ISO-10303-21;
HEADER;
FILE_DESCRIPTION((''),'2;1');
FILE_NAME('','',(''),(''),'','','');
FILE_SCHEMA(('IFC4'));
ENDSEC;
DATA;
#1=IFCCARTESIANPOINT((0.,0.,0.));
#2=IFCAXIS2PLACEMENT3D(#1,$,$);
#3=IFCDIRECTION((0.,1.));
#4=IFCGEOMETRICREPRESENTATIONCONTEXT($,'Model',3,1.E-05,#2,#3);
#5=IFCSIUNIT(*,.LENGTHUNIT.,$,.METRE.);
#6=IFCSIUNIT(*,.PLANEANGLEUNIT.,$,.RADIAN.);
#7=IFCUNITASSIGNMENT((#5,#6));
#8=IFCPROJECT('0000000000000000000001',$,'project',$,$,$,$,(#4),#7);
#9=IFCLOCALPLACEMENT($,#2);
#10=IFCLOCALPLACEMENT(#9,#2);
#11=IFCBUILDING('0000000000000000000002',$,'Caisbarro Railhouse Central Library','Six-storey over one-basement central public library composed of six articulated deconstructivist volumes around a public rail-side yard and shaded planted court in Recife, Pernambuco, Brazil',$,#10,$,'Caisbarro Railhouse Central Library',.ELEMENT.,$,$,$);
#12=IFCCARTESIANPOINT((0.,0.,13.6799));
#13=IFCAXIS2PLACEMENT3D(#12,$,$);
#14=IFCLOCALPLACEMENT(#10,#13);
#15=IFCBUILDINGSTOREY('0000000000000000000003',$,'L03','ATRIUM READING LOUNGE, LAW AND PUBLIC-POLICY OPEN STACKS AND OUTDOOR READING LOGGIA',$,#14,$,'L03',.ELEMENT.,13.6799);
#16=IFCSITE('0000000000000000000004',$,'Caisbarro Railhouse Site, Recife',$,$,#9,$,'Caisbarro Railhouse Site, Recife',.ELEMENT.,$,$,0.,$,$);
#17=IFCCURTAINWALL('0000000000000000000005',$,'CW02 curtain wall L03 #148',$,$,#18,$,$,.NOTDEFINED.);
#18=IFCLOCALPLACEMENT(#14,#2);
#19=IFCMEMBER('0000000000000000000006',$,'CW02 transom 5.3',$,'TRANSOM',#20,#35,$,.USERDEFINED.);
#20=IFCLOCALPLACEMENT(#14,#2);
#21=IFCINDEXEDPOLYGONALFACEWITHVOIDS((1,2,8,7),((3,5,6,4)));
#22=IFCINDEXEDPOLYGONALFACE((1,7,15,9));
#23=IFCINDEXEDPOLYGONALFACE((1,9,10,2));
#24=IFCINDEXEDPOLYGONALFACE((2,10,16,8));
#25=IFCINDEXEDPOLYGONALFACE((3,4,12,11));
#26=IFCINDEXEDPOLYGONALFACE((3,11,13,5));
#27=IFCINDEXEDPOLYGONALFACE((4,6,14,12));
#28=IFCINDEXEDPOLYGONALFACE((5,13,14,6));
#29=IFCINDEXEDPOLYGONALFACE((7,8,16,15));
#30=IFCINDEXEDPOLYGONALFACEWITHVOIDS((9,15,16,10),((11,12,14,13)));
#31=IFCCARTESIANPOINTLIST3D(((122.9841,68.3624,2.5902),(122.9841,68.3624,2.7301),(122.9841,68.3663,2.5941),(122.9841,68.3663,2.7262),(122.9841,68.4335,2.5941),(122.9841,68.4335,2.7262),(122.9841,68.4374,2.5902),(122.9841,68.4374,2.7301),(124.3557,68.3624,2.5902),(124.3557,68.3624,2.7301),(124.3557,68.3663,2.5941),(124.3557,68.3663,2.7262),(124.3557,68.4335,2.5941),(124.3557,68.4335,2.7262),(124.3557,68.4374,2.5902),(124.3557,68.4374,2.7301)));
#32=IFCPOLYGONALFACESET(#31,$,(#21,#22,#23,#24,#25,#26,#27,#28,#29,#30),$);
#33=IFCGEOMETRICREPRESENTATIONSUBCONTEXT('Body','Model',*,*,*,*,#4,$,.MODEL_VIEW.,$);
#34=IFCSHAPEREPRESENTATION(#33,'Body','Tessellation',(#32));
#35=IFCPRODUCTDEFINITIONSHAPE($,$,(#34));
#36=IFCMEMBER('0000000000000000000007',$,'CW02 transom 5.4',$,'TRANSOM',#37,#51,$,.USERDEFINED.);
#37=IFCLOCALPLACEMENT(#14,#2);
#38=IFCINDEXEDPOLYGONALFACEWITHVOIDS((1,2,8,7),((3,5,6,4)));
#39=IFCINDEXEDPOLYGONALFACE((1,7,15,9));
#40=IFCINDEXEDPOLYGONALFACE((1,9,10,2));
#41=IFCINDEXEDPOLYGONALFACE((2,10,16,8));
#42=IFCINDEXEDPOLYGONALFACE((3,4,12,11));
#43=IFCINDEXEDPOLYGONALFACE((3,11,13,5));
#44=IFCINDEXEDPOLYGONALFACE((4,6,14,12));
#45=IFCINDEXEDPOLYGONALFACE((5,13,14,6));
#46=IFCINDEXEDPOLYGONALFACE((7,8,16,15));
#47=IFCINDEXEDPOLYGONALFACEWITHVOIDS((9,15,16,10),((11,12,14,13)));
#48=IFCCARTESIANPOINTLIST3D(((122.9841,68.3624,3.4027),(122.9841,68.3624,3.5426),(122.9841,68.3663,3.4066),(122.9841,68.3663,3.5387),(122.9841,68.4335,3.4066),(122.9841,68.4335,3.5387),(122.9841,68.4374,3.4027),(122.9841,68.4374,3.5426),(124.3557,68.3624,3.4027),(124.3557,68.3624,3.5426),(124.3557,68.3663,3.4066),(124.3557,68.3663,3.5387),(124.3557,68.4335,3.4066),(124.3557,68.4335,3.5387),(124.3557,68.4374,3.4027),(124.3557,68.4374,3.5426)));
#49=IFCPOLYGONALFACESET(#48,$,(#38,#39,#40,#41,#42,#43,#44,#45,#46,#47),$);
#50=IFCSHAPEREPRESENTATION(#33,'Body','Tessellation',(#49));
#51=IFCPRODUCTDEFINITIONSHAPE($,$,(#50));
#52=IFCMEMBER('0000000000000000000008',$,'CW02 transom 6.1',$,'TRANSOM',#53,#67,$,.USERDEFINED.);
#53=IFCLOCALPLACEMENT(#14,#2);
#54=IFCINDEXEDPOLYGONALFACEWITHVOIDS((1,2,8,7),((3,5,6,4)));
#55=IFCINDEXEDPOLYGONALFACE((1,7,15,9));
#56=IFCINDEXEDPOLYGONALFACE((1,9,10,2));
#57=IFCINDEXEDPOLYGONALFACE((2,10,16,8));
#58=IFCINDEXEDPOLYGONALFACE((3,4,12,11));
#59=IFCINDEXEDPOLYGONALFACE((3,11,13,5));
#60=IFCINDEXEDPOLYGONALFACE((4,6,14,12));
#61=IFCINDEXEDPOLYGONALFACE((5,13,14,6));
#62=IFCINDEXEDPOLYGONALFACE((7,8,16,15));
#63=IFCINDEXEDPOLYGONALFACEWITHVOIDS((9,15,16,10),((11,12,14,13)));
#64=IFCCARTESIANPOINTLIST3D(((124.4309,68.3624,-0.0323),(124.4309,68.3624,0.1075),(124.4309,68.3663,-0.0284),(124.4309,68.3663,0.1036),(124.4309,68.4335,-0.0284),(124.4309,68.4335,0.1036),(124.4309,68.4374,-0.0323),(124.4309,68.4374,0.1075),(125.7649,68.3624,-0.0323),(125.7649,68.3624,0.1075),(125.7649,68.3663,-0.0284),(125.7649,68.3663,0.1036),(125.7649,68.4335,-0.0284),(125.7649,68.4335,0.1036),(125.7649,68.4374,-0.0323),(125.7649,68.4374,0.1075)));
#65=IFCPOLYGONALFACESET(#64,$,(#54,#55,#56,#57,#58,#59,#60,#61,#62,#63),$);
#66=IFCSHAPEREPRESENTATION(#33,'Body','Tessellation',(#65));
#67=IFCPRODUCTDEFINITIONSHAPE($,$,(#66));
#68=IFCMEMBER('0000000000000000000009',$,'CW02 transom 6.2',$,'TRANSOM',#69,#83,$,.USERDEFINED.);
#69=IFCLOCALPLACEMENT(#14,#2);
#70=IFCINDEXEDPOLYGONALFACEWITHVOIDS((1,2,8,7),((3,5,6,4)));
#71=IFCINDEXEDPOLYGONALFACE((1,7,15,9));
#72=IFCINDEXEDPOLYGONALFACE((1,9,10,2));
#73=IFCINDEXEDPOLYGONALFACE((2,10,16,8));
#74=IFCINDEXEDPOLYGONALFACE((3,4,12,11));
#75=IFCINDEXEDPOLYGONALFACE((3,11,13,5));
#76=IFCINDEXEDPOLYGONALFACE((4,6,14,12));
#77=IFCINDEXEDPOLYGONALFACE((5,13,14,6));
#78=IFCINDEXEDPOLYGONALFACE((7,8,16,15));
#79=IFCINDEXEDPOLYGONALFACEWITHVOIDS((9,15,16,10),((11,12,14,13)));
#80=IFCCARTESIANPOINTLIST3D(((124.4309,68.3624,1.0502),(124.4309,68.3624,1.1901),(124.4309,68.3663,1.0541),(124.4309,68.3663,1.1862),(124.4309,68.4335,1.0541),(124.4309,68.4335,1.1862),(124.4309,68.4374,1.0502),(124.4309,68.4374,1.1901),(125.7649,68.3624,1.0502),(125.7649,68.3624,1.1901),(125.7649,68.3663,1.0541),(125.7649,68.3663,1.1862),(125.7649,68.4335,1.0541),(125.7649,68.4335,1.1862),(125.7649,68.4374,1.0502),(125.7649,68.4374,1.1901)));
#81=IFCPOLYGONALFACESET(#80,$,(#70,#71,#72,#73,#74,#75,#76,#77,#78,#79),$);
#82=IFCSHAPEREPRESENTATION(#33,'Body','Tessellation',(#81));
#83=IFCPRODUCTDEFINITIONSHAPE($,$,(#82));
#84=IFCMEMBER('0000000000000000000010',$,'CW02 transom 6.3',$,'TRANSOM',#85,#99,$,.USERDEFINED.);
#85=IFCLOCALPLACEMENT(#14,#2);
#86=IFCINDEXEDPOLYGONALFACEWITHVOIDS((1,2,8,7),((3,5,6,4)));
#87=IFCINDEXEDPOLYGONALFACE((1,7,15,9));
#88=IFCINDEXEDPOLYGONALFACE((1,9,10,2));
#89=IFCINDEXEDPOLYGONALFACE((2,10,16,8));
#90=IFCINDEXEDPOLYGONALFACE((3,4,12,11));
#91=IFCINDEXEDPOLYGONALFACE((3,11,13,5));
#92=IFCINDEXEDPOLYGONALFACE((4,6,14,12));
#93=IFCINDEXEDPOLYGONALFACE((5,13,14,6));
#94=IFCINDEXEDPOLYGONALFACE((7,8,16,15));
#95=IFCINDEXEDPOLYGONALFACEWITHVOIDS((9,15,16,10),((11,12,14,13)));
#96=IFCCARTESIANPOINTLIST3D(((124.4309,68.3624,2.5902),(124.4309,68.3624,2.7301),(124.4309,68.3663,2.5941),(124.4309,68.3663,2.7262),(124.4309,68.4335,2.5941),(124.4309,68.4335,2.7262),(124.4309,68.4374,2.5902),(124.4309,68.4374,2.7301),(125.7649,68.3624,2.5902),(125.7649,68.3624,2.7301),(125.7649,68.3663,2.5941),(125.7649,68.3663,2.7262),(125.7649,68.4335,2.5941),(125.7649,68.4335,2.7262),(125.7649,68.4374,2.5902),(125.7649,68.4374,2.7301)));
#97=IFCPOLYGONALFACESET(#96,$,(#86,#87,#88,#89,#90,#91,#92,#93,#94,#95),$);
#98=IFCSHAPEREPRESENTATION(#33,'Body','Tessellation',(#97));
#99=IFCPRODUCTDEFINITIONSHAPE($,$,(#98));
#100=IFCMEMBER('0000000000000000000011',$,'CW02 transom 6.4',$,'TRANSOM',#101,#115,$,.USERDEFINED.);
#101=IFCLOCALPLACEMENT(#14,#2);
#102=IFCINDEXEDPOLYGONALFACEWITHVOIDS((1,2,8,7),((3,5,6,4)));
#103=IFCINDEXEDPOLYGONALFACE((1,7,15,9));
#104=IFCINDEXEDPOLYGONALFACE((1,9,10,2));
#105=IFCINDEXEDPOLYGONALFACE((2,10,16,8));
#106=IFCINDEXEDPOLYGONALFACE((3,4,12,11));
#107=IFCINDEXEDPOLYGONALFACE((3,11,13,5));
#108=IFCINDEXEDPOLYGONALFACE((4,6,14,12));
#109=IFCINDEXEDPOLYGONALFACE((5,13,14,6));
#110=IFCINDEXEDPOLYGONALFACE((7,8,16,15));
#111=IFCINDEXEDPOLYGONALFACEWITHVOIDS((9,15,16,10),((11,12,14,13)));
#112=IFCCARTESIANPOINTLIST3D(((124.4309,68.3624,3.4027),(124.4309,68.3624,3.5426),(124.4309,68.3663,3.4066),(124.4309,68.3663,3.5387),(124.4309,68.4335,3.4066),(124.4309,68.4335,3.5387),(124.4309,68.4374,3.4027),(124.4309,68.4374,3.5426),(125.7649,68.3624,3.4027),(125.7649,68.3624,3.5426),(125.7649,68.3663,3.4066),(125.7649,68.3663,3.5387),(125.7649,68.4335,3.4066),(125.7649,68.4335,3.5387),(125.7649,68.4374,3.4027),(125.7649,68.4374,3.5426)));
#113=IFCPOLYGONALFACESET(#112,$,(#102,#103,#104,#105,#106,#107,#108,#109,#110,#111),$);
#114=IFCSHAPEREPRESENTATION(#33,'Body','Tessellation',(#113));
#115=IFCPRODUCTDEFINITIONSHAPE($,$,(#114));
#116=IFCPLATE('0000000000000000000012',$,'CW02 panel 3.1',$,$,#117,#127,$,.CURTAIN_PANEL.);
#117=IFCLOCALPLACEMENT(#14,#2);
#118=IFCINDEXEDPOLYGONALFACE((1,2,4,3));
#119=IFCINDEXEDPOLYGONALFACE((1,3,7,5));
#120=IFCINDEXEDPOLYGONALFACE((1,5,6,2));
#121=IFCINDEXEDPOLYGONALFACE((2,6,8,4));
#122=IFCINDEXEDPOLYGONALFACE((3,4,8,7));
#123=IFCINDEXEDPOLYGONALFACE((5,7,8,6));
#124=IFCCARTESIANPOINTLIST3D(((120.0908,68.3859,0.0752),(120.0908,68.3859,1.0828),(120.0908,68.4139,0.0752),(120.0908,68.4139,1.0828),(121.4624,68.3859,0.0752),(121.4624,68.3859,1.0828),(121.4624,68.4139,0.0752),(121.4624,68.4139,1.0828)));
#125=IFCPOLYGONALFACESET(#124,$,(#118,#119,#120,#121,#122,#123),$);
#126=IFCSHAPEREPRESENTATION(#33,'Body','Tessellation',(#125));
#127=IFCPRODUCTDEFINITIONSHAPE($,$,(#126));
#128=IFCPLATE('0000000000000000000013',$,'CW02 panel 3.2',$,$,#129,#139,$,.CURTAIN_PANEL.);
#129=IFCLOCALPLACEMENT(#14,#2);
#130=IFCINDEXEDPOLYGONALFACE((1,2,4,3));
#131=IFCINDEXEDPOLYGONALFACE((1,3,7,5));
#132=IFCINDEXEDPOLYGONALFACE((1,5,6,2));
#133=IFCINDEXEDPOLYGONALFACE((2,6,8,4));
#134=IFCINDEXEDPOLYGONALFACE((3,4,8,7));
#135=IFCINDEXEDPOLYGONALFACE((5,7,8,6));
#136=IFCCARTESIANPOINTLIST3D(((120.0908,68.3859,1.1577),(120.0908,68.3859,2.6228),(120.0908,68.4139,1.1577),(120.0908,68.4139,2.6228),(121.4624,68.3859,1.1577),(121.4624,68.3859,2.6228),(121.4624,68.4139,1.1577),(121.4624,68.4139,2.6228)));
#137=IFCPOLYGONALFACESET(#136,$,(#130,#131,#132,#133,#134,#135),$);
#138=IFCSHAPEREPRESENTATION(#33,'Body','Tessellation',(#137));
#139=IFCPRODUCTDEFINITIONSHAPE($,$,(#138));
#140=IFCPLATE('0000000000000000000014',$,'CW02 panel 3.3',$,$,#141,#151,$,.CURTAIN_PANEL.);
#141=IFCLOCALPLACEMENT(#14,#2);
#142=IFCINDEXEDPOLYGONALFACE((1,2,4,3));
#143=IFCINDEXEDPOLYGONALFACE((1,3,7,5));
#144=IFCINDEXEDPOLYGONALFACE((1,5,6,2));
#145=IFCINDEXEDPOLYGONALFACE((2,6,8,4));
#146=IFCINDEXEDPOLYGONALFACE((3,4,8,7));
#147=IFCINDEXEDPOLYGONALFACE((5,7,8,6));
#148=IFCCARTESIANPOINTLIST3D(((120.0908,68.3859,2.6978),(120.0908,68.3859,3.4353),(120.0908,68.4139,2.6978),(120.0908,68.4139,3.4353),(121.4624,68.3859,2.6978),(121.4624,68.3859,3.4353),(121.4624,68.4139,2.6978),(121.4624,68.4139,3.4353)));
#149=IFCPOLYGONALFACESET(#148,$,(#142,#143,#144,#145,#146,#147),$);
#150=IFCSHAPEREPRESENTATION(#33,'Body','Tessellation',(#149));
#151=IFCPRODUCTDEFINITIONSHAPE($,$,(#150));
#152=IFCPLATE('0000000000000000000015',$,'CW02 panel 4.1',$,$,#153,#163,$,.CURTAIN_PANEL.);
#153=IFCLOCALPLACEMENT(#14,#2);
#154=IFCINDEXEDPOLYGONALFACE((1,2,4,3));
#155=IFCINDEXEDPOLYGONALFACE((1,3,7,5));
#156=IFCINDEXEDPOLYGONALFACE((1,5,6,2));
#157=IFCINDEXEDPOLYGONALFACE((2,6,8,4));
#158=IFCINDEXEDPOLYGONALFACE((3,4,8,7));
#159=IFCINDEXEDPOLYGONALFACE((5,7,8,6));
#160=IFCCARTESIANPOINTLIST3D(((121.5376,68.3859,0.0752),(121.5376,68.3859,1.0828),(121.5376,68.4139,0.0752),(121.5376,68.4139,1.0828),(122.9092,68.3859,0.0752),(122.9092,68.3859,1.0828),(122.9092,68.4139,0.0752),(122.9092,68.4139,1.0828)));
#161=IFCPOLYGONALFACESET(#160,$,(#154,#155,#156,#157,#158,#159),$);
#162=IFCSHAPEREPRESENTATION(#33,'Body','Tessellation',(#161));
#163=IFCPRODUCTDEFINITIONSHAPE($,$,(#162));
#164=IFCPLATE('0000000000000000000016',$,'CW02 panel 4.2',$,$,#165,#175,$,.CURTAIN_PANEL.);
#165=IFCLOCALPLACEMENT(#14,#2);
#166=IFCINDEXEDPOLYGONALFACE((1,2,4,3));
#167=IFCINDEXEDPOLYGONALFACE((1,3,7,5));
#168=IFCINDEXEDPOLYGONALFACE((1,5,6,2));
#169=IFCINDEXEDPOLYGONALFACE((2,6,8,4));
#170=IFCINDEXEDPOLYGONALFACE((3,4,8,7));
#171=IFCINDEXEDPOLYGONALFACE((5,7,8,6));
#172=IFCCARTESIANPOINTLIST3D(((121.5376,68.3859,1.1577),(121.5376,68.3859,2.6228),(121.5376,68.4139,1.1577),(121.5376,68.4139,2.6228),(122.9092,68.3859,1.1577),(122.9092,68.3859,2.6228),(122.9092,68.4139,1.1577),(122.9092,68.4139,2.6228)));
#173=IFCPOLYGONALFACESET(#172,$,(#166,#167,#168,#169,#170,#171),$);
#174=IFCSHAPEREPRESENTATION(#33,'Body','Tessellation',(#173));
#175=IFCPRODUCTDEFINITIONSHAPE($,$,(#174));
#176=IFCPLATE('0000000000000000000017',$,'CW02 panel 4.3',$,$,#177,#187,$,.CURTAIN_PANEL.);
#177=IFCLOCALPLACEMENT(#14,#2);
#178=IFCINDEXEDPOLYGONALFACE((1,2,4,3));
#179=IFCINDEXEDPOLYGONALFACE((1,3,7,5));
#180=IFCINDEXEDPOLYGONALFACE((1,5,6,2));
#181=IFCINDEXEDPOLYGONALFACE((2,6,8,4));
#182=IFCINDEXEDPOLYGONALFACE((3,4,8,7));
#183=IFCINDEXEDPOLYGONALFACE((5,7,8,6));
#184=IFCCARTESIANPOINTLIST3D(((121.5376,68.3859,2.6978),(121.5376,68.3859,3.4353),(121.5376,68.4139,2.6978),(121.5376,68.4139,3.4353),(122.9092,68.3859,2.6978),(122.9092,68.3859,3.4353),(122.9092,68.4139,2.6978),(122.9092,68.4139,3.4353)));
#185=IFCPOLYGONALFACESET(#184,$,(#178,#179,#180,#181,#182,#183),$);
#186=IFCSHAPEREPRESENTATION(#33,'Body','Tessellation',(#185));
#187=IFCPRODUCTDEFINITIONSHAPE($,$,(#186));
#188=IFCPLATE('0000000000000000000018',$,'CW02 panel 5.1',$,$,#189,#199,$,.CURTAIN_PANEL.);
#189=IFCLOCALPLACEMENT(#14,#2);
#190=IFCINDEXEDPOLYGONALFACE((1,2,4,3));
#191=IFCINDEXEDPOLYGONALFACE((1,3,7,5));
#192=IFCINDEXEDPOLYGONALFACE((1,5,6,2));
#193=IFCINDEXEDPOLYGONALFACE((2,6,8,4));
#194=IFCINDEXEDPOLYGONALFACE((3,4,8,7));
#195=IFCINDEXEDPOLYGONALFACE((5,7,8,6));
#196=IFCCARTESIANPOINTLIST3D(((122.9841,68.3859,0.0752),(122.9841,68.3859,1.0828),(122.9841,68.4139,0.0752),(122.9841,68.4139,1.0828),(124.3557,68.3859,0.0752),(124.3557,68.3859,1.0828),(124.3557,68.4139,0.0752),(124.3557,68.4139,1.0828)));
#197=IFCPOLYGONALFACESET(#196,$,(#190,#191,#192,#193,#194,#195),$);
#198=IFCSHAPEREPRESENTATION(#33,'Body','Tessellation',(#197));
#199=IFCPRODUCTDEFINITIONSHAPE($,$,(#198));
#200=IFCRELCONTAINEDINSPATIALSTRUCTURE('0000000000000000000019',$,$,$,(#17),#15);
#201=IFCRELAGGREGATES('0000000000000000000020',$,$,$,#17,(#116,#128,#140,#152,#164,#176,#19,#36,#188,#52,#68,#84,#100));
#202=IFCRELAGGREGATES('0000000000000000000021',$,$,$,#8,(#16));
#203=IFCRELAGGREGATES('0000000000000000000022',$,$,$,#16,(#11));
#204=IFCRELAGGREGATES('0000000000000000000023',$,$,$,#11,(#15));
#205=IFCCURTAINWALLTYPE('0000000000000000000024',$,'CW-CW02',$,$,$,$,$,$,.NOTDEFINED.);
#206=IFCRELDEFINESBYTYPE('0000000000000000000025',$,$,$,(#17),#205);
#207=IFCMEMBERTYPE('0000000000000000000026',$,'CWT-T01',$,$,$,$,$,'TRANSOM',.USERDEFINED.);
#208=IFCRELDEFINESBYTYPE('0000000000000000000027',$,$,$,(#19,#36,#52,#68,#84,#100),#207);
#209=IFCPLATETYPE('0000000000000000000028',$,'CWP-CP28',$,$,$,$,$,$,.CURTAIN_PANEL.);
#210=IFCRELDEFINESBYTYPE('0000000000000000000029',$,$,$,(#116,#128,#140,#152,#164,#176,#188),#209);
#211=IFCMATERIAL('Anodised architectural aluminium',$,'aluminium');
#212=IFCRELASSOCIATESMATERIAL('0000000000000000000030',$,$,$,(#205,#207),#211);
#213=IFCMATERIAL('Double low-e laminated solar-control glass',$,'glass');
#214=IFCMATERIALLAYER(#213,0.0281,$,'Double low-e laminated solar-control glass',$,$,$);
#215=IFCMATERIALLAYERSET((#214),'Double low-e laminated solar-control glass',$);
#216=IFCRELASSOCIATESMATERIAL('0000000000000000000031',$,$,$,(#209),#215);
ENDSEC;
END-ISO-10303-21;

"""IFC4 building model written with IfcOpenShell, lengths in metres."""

from ifc_helpers import new_model, si_unit, direction, frame, origin, origin_2d, place, context, subcontext, project, spatial, rectangle, hollow_rectangle, extrude, material, layer, layer_set, material_profile, profile_set, type_object, element, aggregate, save


model = new_model("IFC4")

# Units and contexts
model_context = context("Model", 3, precision=1e-05, world=origin(), true_north=direction((0.0, 1.0)))
body_context = subcontext(model_context, "Body", "Model", "MODEL_VIEW")
ifc_project = project(units=[si_unit("LENGTHUNIT", "METRE"), si_unit("PLANEANGLEUNIT", "RADIAN")], contexts=[model_context])

# Site, building, storey
site_placement = place(None, origin())
site = spatial("IfcSite", under=ifc_project, at=site_placement, Name="Caisbarro Railhouse Site, Recife", LongName="Caisbarro Railhouse Site, Recife", CompositionType="ELEMENT", RefElevation=0.0)
building_placement = place(site_placement, origin())
building = spatial("IfcBuilding", under=site, at=building_placement, Name="Caisbarro Railhouse Central Library", Description="Six-storey over one-basement central public library composed of six articulated deconstructivist volumes around a public rail-side yard and shaded planted court in Recife, Pernambuco, Brazil", LongName="Caisbarro Railhouse Central Library", CompositionType="ELEMENT")
storey_placement = place(building_placement, frame((0.0, 0.0, 13.6799)))
storey = spatial("IfcBuildingStorey", under=building, at=storey_placement, Name="L03", Description="ATRIUM READING LOUNGE, LAW AND PUBLIC-POLICY OPEN STACKS AND OUTDOOR READING LOGGIA", LongName="L03", CompositionType="ELEMENT", Elevation=13.6799)

# Curtain wall, members, plates
ifc_material_1 = material(Name="Anodised architectural aluminium", Category="aluminium")
curtain_wall_type = type_object("IfcCurtainWallType", Name="CW-CW02", PredefinedType="NOTDEFINED", material=ifc_material_1)
curtain_wall_placement = place(storey_placement, origin())
curtain_wall = element("IfcCurtainWall", 1, at=curtain_wall_placement, inside=storey, type_object=curtain_wall_type, Name="CW02 curtain wall L03 #148", PredefinedType="NOTDEFINED")
ifc_material_profile_1 = material_profile(ifc_material_1, hollow_rectangle(XDim=0.075, YDim=0.1399, WallThickness=0.0039, at=origin_2d()), Name="ALU-TRN-75X140")
ifc_profile_set_1 = profile_set([ifc_material_profile_1], Name="Anodised architectural aluminium")
member_type_1 = type_object("IfcMemberType", Name="CWT-T01", ElementType="TRANSOM", PredefinedType="USERDEFINED", material=ifc_profile_set_1)
member_1_placement = place(storey_placement, frame((122.9841, 68.3999, 2.6602), z_axis=(1.0, 0.0, 0.0), x_axis=(0.0, 1.0, 0.0)))
member_1 = element("IfcMember", 2, at=member_1_placement, type_object=member_type_1, Name="CW02 transom 5.3", ObjectType="TRANSOM", PredefinedType="USERDEFINED", context=body_context, shape_type="SweptSolid", body=[
    extrude(hollow_rectangle(XDim=0.075, YDim=0.1399, WallThickness=0.0039, at=origin_2d()), origin(), (0.0, 0.0, 1.0), 1.3716),
])
member_2_placement = place(storey_placement, frame((122.9841, 68.3999, 3.4727), z_axis=(1.0, 0.0, 0.0), x_axis=(0.0, 1.0, 0.0)))
member_2 = element("IfcMember", 3, at=member_2_placement, type_object=member_type_1, Name="CW02 transom 5.4", ObjectType="TRANSOM", PredefinedType="USERDEFINED", context=body_context, shape_type="SweptSolid", body=[
    extrude(hollow_rectangle(XDim=0.075, YDim=0.1399, WallThickness=0.0039, at=origin_2d()), origin(), (0.0, 0.0, 1.0), 1.3716),
])
member_3_placement = place(storey_placement, frame((124.4309, 68.3999, 0.0376), z_axis=(1.0, 0.0, 0.0), x_axis=(0.0, 1.0, 0.0)))
member_3 = element("IfcMember", 4, at=member_3_placement, type_object=member_type_1, Name="CW02 transom 6.1", ObjectType="TRANSOM", PredefinedType="USERDEFINED", context=body_context, shape_type="SweptSolid", body=[
    extrude(hollow_rectangle(XDim=0.075, YDim=0.1399, WallThickness=0.0039, at=origin_2d()), origin(), (0.0, 0.0, 1.0), 1.334),
])
member_4_placement = place(storey_placement, frame((124.4309, 68.3999, 1.1201), z_axis=(1.0, 0.0, 0.0), x_axis=(0.0, 1.0, 0.0)))
member_4 = element("IfcMember", 5, at=member_4_placement, type_object=member_type_1, Name="CW02 transom 6.2", ObjectType="TRANSOM", PredefinedType="USERDEFINED", context=body_context, shape_type="SweptSolid", body=[
    extrude(hollow_rectangle(XDim=0.075, YDim=0.1399, WallThickness=0.0039, at=origin_2d()), origin(), (0.0, 0.0, 1.0), 1.334),
])
member_5_placement = place(storey_placement, frame((124.4309, 68.3999, 2.6602), z_axis=(1.0, 0.0, 0.0), x_axis=(0.0, 1.0, 0.0)))
member_5 = element("IfcMember", 6, at=member_5_placement, type_object=member_type_1, Name="CW02 transom 6.3", ObjectType="TRANSOM", PredefinedType="USERDEFINED", context=body_context, shape_type="SweptSolid", body=[
    extrude(hollow_rectangle(XDim=0.075, YDim=0.1399, WallThickness=0.0039, at=origin_2d()), origin(), (0.0, 0.0, 1.0), 1.334),
])
member_6_placement = place(storey_placement, frame((124.4309, 68.3999, 3.4727), z_axis=(1.0, 0.0, 0.0), x_axis=(0.0, 1.0, 0.0)))
member_6 = element("IfcMember", 7, at=member_6_placement, type_object=member_type_1, Name="CW02 transom 6.4", ObjectType="TRANSOM", PredefinedType="USERDEFINED", context=body_context, shape_type="SweptSolid", body=[
    extrude(hollow_rectangle(XDim=0.075, YDim=0.1399, WallThickness=0.0039, at=origin_2d()), origin(), (0.0, 0.0, 1.0), 1.334),
])
ifc_material_2 = material(Name="Double low-e laminated solar-control glass", Category="glass")
ifc_layer_1 = layer(ifc_material_2, 0.0281, Name="Double low-e laminated solar-control glass")
ifc_layer_set_1 = layer_set([ifc_layer_1], Name="Double low-e laminated solar-control glass")
plate_type = type_object("IfcPlateType", Name="CWP-CP28", PredefinedType="CURTAIN_PANEL", material=ifc_layer_set_1)
plate_1_placement = place(storey_placement, frame((120.7766, 68.3999, 0.0752), z_axis=(0.0, 0.0, 1.0), x_axis=(1.0, 0.0, 0.0)))
plate_1 = element("IfcPlate", 8, at=plate_1_placement, type_object=plate_type, Name="CW02 panel 3.1", PredefinedType="CURTAIN_PANEL", context=body_context, shape_type="SweptSolid", body=[
    extrude(rectangle(XDim=1.3716, YDim=0.0281, at=origin_2d()), origin(), (0.0, 0.0, 1.0), 1.0076),
])
plate_2_placement = place(storey_placement, frame((120.7766, 68.3999, 1.1577), z_axis=(0.0, 0.0, 1.0), x_axis=(1.0, 0.0, 0.0)))
plate_2 = element("IfcPlate", 9, at=plate_2_placement, type_object=plate_type, Name="CW02 panel 3.2", PredefinedType="CURTAIN_PANEL", context=body_context, shape_type="SweptSolid", body=[
    extrude(rectangle(XDim=1.3716, YDim=0.0281, at=origin_2d()), origin(), (0.0, 0.0, 1.0), 1.4651),
])
plate_3_placement = place(storey_placement, frame((120.7766, 68.3999, 2.6978), z_axis=(0.0, 0.0, 1.0), x_axis=(1.0, 0.0, 0.0)))
plate_3 = element("IfcPlate", 10, at=plate_3_placement, type_object=plate_type, Name="CW02 panel 3.3", PredefinedType="CURTAIN_PANEL", context=body_context, shape_type="SweptSolid", body=[
    extrude(rectangle(XDim=1.3716, YDim=0.0281, at=origin_2d()), origin(), (0.0, 0.0, 1.0), 0.7375),
])
plate_4_placement = place(storey_placement, frame((122.2234, 68.3999, 0.0752), z_axis=(0.0, 0.0, 1.0), x_axis=(1.0, 0.0, 0.0)))
plate_4 = element("IfcPlate", 11, at=plate_4_placement, type_object=plate_type, Name="CW02 panel 4.1", PredefinedType="CURTAIN_PANEL", context=body_context, shape_type="SweptSolid", body=[
    extrude(rectangle(XDim=1.3716, YDim=0.0281, at=origin_2d()), origin(), (0.0, 0.0, 1.0), 1.0076),
])
plate_5_placement = place(storey_placement, frame((122.2234, 68.3999, 1.1577), z_axis=(0.0, 0.0, 1.0), x_axis=(1.0, 0.0, 0.0)))
plate_5 = element("IfcPlate", 12, at=plate_5_placement, type_object=plate_type, Name="CW02 panel 4.2", PredefinedType="CURTAIN_PANEL", context=body_context, shape_type="SweptSolid", body=[
    extrude(rectangle(XDim=1.3716, YDim=0.0281, at=origin_2d()), origin(), (0.0, 0.0, 1.0), 1.4651),
])
plate_6_placement = place(storey_placement, frame((122.2234, 68.3999, 2.6978), z_axis=(0.0, 0.0, 1.0), x_axis=(1.0, 0.0, 0.0)))
plate_6 = element("IfcPlate", 13, at=plate_6_placement, type_object=plate_type, Name="CW02 panel 4.3", PredefinedType="CURTAIN_PANEL", context=body_context, shape_type="SweptSolid", body=[
    extrude(rectangle(XDim=1.3716, YDim=0.0281, at=origin_2d()), origin(), (0.0, 0.0, 1.0), 0.7375),
])
plate_7_placement = place(storey_placement, frame((123.6699, 68.3999, 0.0752), z_axis=(0.0, 0.0, 1.0), x_axis=(1.0, 0.0, 0.0)))
plate_7 = element("IfcPlate", 14, at=plate_7_placement, type_object=plate_type, Name="CW02 panel 5.1", PredefinedType="CURTAIN_PANEL", context=body_context, shape_type="SweptSolid", body=[
    extrude(rectangle(XDim=1.3716, YDim=0.0281, at=origin_2d()), origin(), (0.0, 0.0, 1.0), 1.0076),
])
aggregate(curtain_wall, [plate_1, plate_2, plate_3, plate_4, plate_5, plate_6, member_1, member_2, plate_7, member_3, member_4, member_5, member_6])

save(model, "model.ifc")
